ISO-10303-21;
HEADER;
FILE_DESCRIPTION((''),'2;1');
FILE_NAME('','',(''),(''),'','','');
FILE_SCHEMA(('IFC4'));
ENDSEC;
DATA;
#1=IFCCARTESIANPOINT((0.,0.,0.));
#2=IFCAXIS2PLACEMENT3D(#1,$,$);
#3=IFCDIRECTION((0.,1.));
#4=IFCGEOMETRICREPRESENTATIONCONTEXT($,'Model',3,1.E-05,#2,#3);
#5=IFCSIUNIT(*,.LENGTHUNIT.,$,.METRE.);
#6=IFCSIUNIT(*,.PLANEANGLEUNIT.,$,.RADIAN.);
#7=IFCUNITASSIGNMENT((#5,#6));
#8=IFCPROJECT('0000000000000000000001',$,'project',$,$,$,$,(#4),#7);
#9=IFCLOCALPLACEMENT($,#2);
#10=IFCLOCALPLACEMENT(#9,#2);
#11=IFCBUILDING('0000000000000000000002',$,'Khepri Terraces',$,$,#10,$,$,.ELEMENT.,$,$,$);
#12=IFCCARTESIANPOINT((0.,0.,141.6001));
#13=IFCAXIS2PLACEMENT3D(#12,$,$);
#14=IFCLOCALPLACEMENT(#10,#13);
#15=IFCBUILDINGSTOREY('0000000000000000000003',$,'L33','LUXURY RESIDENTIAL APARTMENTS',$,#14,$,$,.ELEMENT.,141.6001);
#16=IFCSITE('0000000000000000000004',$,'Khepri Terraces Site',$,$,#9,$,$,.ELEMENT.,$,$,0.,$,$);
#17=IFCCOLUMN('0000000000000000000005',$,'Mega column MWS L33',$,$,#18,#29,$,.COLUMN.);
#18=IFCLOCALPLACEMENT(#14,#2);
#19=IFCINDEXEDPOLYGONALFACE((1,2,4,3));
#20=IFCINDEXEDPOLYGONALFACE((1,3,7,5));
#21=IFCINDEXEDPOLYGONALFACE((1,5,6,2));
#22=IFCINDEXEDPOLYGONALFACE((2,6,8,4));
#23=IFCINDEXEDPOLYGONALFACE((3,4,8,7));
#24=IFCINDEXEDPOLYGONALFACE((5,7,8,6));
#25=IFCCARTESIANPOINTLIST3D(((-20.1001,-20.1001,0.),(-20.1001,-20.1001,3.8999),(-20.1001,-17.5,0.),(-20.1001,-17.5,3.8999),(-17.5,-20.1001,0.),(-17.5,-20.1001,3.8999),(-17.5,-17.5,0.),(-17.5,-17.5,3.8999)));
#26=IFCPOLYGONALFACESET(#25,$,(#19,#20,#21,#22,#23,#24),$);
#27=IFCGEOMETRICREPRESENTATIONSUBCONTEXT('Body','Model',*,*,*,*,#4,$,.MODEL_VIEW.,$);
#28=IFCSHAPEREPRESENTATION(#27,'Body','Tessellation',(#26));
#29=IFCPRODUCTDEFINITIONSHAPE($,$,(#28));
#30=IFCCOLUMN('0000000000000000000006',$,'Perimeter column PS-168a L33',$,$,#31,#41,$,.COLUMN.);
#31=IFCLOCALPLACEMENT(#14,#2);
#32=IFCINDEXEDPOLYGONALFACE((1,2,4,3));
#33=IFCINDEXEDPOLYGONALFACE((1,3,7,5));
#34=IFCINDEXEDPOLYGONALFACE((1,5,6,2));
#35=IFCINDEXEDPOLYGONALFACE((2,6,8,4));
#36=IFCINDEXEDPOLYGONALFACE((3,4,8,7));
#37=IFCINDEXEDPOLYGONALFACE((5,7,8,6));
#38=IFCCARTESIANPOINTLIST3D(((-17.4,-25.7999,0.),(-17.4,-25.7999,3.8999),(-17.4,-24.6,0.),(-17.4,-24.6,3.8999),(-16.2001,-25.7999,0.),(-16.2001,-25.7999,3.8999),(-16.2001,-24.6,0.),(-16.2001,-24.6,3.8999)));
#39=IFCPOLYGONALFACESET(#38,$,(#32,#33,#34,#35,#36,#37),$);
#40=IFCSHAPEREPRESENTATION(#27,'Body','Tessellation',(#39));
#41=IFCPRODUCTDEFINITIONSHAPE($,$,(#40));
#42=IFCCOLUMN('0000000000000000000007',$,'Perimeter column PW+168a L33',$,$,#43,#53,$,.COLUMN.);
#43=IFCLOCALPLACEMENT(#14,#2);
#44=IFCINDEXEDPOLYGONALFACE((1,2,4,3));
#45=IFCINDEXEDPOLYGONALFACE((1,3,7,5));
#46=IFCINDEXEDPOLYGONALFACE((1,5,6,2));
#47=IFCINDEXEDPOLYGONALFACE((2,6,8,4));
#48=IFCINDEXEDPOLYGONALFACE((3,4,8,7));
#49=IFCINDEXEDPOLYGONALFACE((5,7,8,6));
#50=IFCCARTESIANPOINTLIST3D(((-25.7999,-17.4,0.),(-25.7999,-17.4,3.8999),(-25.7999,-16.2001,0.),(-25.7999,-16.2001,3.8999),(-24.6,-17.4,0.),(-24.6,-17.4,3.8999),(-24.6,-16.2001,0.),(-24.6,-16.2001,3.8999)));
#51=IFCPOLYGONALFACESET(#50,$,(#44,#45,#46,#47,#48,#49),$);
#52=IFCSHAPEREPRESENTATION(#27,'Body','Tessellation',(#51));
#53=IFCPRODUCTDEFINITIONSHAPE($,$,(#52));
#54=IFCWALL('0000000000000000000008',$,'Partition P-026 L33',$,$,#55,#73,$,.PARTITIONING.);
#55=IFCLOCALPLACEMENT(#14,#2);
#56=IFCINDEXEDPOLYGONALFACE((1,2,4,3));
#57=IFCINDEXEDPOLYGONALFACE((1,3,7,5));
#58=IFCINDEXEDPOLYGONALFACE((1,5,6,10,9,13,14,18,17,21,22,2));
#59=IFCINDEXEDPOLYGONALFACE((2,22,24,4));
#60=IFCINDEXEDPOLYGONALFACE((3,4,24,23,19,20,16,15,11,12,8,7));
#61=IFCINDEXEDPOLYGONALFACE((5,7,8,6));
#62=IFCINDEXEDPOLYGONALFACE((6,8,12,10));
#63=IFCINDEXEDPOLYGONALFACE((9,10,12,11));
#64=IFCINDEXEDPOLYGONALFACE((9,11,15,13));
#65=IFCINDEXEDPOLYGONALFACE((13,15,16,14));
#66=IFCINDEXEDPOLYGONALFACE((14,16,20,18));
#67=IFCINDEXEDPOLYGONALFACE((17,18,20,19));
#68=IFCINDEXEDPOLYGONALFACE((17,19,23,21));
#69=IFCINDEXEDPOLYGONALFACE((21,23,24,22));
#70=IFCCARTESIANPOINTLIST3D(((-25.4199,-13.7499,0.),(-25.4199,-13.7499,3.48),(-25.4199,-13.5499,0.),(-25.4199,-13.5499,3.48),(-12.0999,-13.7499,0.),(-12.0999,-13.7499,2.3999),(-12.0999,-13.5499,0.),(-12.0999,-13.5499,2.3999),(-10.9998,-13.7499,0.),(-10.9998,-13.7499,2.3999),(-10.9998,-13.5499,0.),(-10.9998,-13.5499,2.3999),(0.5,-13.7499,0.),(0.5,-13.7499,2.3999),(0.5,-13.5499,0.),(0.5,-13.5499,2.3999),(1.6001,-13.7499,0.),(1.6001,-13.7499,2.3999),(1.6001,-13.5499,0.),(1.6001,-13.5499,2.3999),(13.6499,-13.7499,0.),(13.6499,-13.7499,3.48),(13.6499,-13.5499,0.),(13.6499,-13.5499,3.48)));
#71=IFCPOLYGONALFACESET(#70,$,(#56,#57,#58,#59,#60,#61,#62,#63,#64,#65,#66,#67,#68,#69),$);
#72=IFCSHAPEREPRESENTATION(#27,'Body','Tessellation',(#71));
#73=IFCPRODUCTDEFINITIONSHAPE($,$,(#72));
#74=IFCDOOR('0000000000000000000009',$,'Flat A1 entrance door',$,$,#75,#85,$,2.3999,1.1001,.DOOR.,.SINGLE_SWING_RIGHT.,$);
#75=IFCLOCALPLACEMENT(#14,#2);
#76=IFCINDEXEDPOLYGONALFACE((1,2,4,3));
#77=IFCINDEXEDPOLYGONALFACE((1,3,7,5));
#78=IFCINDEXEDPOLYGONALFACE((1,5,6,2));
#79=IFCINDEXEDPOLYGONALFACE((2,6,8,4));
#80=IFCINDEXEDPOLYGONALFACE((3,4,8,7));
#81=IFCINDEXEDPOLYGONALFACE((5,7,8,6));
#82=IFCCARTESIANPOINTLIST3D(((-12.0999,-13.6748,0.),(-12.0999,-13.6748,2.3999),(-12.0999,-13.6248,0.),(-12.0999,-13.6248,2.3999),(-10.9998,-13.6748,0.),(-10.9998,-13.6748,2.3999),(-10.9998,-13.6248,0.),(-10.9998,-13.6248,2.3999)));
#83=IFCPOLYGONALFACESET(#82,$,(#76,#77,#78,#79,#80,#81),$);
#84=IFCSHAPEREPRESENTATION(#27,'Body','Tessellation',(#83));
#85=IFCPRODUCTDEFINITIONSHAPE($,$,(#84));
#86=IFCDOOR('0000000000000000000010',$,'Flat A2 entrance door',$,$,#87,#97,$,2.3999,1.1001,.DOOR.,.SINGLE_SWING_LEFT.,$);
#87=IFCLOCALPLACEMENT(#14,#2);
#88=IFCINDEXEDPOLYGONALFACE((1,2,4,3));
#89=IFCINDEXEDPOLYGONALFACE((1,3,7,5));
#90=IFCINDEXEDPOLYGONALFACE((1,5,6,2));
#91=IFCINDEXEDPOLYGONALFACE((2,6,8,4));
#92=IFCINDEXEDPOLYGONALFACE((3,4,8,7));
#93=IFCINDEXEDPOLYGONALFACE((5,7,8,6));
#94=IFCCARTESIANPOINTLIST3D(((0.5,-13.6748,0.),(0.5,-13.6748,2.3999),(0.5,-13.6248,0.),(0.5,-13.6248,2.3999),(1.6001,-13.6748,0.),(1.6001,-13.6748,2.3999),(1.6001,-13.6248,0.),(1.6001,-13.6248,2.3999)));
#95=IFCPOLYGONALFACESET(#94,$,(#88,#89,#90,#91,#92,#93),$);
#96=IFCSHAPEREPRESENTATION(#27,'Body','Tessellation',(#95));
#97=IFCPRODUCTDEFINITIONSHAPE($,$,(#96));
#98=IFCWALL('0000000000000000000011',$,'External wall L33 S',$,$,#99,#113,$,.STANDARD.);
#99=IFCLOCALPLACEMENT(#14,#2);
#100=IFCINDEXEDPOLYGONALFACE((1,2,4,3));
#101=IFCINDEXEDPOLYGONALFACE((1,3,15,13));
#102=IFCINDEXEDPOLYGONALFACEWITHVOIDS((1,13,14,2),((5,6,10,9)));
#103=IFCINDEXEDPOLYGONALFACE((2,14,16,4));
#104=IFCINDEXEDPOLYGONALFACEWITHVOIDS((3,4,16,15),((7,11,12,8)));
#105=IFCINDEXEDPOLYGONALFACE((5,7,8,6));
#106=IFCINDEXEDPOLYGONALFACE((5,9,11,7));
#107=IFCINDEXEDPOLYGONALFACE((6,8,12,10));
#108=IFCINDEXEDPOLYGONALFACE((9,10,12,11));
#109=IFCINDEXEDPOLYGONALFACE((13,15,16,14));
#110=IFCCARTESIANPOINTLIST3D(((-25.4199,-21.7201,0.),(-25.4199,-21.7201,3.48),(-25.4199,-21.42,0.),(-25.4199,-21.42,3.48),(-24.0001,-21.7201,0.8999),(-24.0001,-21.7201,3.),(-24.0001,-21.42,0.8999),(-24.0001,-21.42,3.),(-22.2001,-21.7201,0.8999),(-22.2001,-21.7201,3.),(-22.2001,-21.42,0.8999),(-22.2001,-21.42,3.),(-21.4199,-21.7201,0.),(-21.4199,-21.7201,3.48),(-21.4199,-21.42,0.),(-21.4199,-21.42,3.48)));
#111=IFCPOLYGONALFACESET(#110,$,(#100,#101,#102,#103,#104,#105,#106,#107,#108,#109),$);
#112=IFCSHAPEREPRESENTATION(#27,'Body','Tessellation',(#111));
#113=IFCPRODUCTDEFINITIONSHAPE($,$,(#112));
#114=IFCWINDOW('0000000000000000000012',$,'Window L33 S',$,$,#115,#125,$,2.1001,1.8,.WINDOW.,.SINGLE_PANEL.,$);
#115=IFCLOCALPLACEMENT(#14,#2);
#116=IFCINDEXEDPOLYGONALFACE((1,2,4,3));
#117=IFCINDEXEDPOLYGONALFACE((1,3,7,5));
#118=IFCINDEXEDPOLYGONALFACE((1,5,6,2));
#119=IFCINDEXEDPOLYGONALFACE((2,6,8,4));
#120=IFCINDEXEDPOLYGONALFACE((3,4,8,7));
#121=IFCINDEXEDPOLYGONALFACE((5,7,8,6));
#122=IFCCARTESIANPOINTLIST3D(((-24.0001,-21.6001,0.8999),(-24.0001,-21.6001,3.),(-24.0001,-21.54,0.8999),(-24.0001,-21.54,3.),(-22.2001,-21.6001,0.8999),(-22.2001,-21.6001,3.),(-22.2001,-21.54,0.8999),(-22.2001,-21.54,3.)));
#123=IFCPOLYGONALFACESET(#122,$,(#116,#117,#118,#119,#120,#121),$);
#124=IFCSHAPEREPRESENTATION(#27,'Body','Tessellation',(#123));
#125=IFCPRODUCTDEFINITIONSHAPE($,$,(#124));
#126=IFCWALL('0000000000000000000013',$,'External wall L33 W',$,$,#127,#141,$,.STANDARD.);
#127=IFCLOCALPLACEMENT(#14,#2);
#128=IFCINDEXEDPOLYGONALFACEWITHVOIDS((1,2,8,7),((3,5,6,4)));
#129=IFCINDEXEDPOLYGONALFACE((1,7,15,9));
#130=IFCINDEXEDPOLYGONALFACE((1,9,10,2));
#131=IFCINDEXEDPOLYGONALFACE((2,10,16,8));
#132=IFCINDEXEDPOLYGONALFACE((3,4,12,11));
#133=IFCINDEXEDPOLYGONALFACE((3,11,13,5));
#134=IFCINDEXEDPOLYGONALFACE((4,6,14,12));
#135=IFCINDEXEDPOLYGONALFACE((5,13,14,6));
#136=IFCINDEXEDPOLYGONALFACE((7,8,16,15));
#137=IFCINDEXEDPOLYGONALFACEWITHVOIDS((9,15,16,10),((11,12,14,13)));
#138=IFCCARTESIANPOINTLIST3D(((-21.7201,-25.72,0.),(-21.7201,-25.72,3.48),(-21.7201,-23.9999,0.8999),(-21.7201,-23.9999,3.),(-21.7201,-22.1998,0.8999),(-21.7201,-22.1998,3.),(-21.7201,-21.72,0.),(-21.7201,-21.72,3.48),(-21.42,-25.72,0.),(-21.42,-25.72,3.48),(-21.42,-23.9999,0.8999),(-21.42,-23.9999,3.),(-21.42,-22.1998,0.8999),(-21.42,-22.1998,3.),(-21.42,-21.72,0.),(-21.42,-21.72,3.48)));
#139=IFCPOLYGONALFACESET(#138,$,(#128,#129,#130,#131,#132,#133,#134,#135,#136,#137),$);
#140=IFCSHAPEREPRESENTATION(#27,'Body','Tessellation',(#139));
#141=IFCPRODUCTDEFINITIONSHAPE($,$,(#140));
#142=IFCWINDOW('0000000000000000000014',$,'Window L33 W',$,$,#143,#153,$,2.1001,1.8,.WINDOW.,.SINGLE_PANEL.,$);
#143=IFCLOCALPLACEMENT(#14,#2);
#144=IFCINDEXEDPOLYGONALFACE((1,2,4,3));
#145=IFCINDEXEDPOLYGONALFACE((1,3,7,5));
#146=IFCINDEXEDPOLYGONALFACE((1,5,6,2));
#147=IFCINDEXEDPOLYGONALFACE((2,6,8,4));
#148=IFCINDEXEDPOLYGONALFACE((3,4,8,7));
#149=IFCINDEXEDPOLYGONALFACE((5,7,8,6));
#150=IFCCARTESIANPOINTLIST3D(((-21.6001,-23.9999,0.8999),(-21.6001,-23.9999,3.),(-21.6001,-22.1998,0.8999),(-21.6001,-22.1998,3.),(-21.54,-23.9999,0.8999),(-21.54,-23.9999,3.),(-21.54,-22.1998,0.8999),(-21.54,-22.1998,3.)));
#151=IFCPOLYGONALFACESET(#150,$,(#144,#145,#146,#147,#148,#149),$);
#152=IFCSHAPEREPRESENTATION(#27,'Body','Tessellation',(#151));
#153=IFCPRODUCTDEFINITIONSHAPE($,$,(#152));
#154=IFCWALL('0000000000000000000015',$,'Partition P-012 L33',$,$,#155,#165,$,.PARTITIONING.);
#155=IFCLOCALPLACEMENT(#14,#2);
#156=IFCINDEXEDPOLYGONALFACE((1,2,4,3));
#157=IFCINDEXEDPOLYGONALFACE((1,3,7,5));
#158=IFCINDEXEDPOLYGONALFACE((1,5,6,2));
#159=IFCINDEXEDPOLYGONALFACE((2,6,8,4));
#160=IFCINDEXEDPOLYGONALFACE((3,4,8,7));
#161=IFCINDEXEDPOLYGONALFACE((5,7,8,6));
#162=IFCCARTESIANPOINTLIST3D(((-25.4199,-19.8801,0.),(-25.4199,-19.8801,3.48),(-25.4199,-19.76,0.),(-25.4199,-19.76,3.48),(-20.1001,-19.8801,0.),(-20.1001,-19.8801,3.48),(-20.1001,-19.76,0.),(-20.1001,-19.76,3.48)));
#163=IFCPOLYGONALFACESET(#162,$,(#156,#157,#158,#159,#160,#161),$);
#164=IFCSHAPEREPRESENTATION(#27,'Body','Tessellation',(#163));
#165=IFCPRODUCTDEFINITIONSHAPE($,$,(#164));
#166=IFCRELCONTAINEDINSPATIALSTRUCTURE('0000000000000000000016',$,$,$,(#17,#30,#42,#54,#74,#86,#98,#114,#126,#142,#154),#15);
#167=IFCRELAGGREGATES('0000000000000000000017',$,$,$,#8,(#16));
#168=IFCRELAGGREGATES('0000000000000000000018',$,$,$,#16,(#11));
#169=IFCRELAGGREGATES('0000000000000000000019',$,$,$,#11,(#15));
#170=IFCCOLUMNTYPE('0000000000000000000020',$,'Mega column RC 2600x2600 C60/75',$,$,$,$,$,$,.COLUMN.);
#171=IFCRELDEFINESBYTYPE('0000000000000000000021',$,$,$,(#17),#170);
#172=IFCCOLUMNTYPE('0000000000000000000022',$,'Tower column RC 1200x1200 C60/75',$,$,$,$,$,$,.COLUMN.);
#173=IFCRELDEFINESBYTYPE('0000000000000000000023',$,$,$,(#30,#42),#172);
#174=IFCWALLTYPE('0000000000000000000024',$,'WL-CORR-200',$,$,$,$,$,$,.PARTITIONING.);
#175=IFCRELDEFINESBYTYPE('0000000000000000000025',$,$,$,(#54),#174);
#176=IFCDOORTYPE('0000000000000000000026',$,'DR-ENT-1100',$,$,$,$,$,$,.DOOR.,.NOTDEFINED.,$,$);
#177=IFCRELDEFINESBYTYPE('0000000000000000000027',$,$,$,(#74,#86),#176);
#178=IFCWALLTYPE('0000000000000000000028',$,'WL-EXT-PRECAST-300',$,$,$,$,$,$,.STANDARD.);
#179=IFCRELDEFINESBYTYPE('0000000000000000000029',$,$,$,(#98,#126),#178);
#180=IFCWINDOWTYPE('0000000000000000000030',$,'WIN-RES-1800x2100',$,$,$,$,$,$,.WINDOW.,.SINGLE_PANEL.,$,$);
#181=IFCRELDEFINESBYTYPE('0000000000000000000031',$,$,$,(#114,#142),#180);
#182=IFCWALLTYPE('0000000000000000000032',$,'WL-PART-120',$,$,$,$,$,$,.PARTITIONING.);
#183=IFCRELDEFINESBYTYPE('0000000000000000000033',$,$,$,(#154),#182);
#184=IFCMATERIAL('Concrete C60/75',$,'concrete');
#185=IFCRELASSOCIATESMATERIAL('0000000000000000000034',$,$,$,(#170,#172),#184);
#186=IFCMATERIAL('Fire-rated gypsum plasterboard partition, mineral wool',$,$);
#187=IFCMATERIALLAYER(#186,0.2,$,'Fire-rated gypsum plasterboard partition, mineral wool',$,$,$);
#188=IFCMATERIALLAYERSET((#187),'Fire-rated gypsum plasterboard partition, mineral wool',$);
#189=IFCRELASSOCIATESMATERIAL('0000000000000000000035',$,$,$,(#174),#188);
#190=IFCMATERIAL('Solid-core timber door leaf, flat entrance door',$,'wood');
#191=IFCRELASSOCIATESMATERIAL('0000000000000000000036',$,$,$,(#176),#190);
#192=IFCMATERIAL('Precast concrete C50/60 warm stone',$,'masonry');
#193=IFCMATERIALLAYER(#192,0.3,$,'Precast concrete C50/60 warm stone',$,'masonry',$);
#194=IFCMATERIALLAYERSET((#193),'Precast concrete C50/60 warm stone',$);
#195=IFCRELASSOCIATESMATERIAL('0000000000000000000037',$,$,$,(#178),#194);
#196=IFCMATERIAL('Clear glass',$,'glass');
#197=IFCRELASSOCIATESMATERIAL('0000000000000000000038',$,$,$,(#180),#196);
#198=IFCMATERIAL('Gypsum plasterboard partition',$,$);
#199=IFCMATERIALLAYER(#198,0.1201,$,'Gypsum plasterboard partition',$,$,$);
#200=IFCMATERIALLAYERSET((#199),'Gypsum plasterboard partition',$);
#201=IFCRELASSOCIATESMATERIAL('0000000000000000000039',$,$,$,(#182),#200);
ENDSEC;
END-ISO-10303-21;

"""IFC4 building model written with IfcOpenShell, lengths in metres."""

from ifc_helpers import new_model, si_unit, direction, frame, frame_2d, origin, origin_2d, place, context, subcontext, project, spatial, rectangle, extrude, material, layer, layer_set, material_profile, profile_set, type_object, element, fill, save


model = new_model("IFC4")

# Units and contexts
model_context = context("Model", 3, precision=1e-05, world=origin(), true_north=direction((0.0, 1.0)))
body_context = subcontext(model_context, "Body", "Model", "MODEL_VIEW")
ifc_project = project(units=[si_unit("LENGTHUNIT", "METRE"), si_unit("PLANEANGLEUNIT", "RADIAN")], contexts=[model_context])

# Site, building, storey
site_placement = place(None, origin())
site = spatial("IfcSite", under=ifc_project, at=site_placement, Name="Khepri Terraces Site", CompositionType="ELEMENT", RefElevation=0.0)
building_placement = place(site_placement, origin())
building = spatial("IfcBuilding", under=site, at=building_placement, Name="Khepri Terraces", CompositionType="ELEMENT")
storey_placement = place(building_placement, frame((0.0, 0.0, 141.6001)))
storey = spatial("IfcBuildingStorey", under=building, at=storey_placement, Name="L33", Description="LUXURY RESIDENTIAL APARTMENTS", CompositionType="ELEMENT", Elevation=141.6001)

# Columns
ifc_material_1 = material(Name="Concrete C60/75", Category="concrete")
ifc_material_profile_1 = material_profile(ifc_material_1, rectangle(XDim=2.6001, YDim=2.6001, at=origin_2d()), Name="Concrete C60/75", Category="concrete")
ifc_profile_set_1 = profile_set([ifc_material_profile_1], Name="Concrete C60/75")
column_type_1 = type_object("IfcColumnType", Name="Mega column RC 2600x2600 C60/75", PredefinedType="COLUMN", material=ifc_profile_set_1)
column_placement = place(storey_placement, frame((-18.8, -18.8, 0.0), z_axis=(0.0, 0.0, 1.0), x_axis=(1.0, 0.0, 0.0)))
element("IfcColumn", 1, at=column_placement, inside=storey, type_object=column_type_1, Name="Mega column MWS L33", PredefinedType="COLUMN", context=body_context, shape_type="SweptSolid", body=[
    extrude(rectangle(XDim=2.6001, YDim=2.6001, at=origin_2d()), origin(), (0.0, 0.0, 1.0), 3.8999),
])
ifc_material_profile_2 = material_profile(ifc_material_1, rectangle(XDim=1.2, YDim=1.2, at=origin_2d()), Name="Concrete C60/75", Category="concrete")
ifc_profile_set_2 = profile_set([ifc_material_profile_2], Name="Concrete C60/75")
column_type_2 = type_object("IfcColumnType", Name="Tower column RC 1200x1200 C60/75", PredefinedType="COLUMN", material=ifc_profile_set_2)
for number, where, z_axis, x_axis, name in (
    (2, (-16.8, -25.2, 0.0), (0.0, 0.0, 1.0), (1.0, 0.0, 0.0), "Perimeter column PS-168a L33"),
    (3, (-25.2, -16.8, 0.0), (0.0, 0.0, 1.0), (1.0, 0.0, 0.0), "Perimeter column PW+168a L33"),
):
    element("IfcColumn", number, at=place(storey_placement, frame(where, z_axis=z_axis, x_axis=x_axis)), inside=storey, type_object=column_type_2, Name=name, PredefinedType="COLUMN", context=body_context, shape_type="SweptSolid", body=[
        extrude(rectangle(XDim=1.2, YDim=1.2, at=origin_2d()), origin(), (0.0, 0.0, 1.0), 3.8999),
    ])

# Wall, openings, doors
ifc_material_2 = material(Name="Fire-rated gypsum plasterboard partition, mineral wool")
ifc_layer_1 = layer(ifc_material_2, 0.2, Name="Fire-rated gypsum plasterboard partition, mineral wool")
ifc_layer_set_1 = layer_set([ifc_layer_1], Name="Fire-rated gypsum plasterboard partition, mineral wool")
wall_type_1 = type_object("IfcWallType", Name="WL-CORR-200", PredefinedType="PARTITIONING", material=ifc_layer_set_1)
wall_1_placement = place(storey_placement, frame((-25.4199, -13.6499, 0.0), z_axis=(0.0, 0.0, 1.0), x_axis=(1.0, 0.0, 0.0)))
wall_1 = element("IfcWall", 4, at=wall_1_placement, inside=storey, type_object=wall_type_1, Name="Partition P-026 L33", PredefinedType="PARTITIONING", context=body_context, shape_type="SweptSolid", body=[
    extrude(rectangle(XDim=39.0698, YDim=0.2, at=frame_2d((19.5349, 0.0))), origin(), (0.0, 0.0, 1.0), 3.48),
])
opening_1_placement = place(wall_1_placement, frame((13.3201, 0.0, 0.0)))
opening_1 = element("IfcOpeningElement", 5, at=opening_1_placement, cuts=wall_1, PredefinedType="OPENING", context=body_context, shape_type="SweptSolid", body=[
    extrude(rectangle(XDim=1.1001, YDim=2.3999, at=frame_2d((0.55, 1.2))), frame((0.0, 0.1099, 0.0), z_axis=(0.0, -1.0, 0.0), x_axis=(1.0, 0.0, 0.0)), (0.0, 0.0, 1.0), 0.22),
])
opening_2_placement = place(wall_1_placement, frame((25.9199, 0.0, 0.0)))
opening_2 = element("IfcOpeningElement", 6, at=opening_2_placement, cuts=wall_1, PredefinedType="OPENING", context=body_context, shape_type="SweptSolid", body=[
    extrude(rectangle(XDim=1.1001, YDim=2.3999, at=frame_2d((0.55, 1.2))), frame((0.0, 0.1099, 0.0), z_axis=(0.0, -1.0, 0.0), x_axis=(1.0, 0.0, 0.0)), (0.0, 0.0, 1.0), 0.22),
])
ifc_material_3 = material(Name="Solid-core timber door leaf, flat entrance door", Category="wood")
door_type_1 = type_object("IfcDoorType", Name="DR-ENT-1100", OperationType="NOTDEFINED", PredefinedType="DOOR", material=ifc_material_3)
door_1_placement = place(opening_1_placement, frame((1.1001, 0.0, 0.0), z_axis=(0.0, 0.0, 1.0), x_axis=(-1.0, 0.0, 0.0)))
door_1 = element("IfcDoor", 7, at=door_1_placement, inside=storey, type_object=door_type_1, Name="Flat A1 entrance door", OperationType="SINGLE_SWING_RIGHT", OverallHeight=2.3999, OverallWidth=1.1001, PredefinedType="DOOR", context=body_context, shape_type="SweptSolid", body=[
    extrude(rectangle(XDim=1.1001, YDim=2.3999, at=frame_2d((0.55, 1.2))), frame((0.0, 0.0249, 0.0), z_axis=(0.0, -1.0, 0.0), x_axis=(1.0, 0.0, 0.0)), (0.0, 0.0, 1.0), 0.05),
])
fill(opening_1, door_1)
door_2_placement = place(opening_2_placement, frame((1.1001, 0.0, 0.0), z_axis=(0.0, 0.0, 1.0), x_axis=(-1.0, 0.0, 0.0)))
door_2 = element("IfcDoor", 8, at=door_2_placement, inside=storey, type_object=door_type_1, Name="Flat A2 entrance door", OperationType="SINGLE_SWING_LEFT", OverallHeight=2.3999, OverallWidth=1.1001, PredefinedType="DOOR", context=body_context, shape_type="SweptSolid", body=[
    extrude(rectangle(XDim=1.1001, YDim=2.3999, at=frame_2d((0.55, 1.2))), frame((0.0, 0.0249, 0.0), z_axis=(0.0, -1.0, 0.0), x_axis=(1.0, 0.0, 0.0)), (0.0, 0.0, 1.0), 0.05),
])
fill(opening_2, door_2)

# Shared definitions
ifc_material_4 = material(Name="Precast concrete C50/60 warm stone", Category="masonry")
ifc_layer_2 = layer(ifc_material_4, 0.3, Name="Precast concrete C50/60 warm stone", Category="masonry")
ifc_layer_set_2 = layer_set([ifc_layer_2], Name="Precast concrete C50/60 warm stone")
wall_type_2 = type_object("IfcWallType", Name="WL-EXT-PRECAST-300", PredefinedType="STANDARD", material=ifc_layer_set_2)
ifc_material_5 = material(Name="Clear glass", Category="glass")
window_type = type_object("IfcWindowType", Name="WIN-RES-1800x2100", PartitioningType="SINGLE_PANEL", PredefinedType="WINDOW", material=ifc_material_5)

# Walls, openings, windows
wall_2_placement = place(storey_placement, frame((-25.4199, -21.5701, 0.0), z_axis=(0.0, 0.0, 1.0), x_axis=(1.0, 0.0, 0.0)))
wall_2 = element("IfcWall", 9, at=wall_2_placement, inside=storey, type_object=wall_type_2, Name="External wall L33 S", PredefinedType="STANDARD", context=body_context, shape_type="SweptSolid", body=[
    extrude(rectangle(XDim=4.0, YDim=0.3, at=frame_2d((2.0, 0.0))), origin(), (0.0, 0.0, 1.0), 3.48),
])
opening_3_placement = place(wall_2_placement, frame((1.4199, 0.0, 0.8999)))
opening_3 = element("IfcOpeningElement", 10, at=opening_3_placement, cuts=wall_2, PredefinedType="OPENING", context=body_context, shape_type="SweptSolid", body=[
    extrude(rectangle(XDim=1.8, YDim=2.1001, at=frame_2d((0.8999, 1.05))), frame((0.0, 0.1602, 0.0), z_axis=(0.0, -1.0, 0.0), x_axis=(1.0, 0.0, 0.0)), (0.0, 0.0, 1.0), 0.3201),
])
window_1_placement = place(opening_3_placement, origin())
window_1 = element("IfcWindow", 11, at=window_1_placement, inside=storey, type_object=window_type, Name="Window L33 S", OverallHeight=2.1001, OverallWidth=1.8, PartitioningType="SINGLE_PANEL", PredefinedType="WINDOW", context=body_context, shape_type="SweptSolid", body=[
    extrude(rectangle(XDim=1.8, YDim=2.1001, at=frame_2d((0.8999, 1.05))), frame((0.0, 0.03, 0.0), z_axis=(0.0, -1.0, 0.0), x_axis=(1.0, 0.0, 0.0)), (0.0, 0.0, 1.0), 0.0601),
])
fill(opening_3, window_1)
wall_3_placement = place(storey_placement, frame((-21.5701, -21.72, 0.0), z_axis=(0.0, 0.0, 1.0), x_axis=(0.0, -1.0, 0.0)))
wall_3 = element("IfcWall", 12, at=wall_3_placement, inside=storey, type_object=wall_type_2, Name="External wall L33 W", PredefinedType="STANDARD", context=body_context, shape_type="SweptSolid", body=[
    extrude(rectangle(XDim=4.0, YDim=0.3, at=frame_2d((2.0, 0.0))), origin(), (0.0, 0.0, 1.0), 3.48),
])
opening_4_placement = place(wall_3_placement, frame((0.48, 0.0, 0.8999)))
opening_4 = element("IfcOpeningElement", 13, at=opening_4_placement, cuts=wall_3, PredefinedType="OPENING", context=body_context, shape_type="SweptSolid", body=[
    extrude(rectangle(XDim=1.8, YDim=2.1001, at=frame_2d((0.8999, 1.05))), frame((0.0, 0.1602, 0.0), z_axis=(0.0, -1.0, 0.0), x_axis=(1.0, 0.0, 0.0)), (0.0, 0.0, 1.0), 0.3201),
])
window_2_placement = place(opening_4_placement, origin())
window_2 = element("IfcWindow", 14, at=window_2_placement, inside=storey, type_object=window_type, Name="Window L33 W", OverallHeight=2.1001, OverallWidth=1.8, PartitioningType="SINGLE_PANEL", PredefinedType="WINDOW", context=body_context, shape_type="SweptSolid", body=[
    extrude(rectangle(XDim=1.8, YDim=2.1001, at=frame_2d((0.8999, 1.05))), frame((0.0, 0.03, 0.0), z_axis=(0.0, -1.0, 0.0), x_axis=(1.0, 0.0, 0.0)), (0.0, 0.0, 1.0), 0.0601),
])
fill(opening_4, window_2)

# Wall
ifc_material_6 = material(Name="Gypsum plasterboard partition")
ifc_layer_3 = layer(ifc_material_6, 0.1201, Name="Gypsum plasterboard partition")
ifc_layer_set_3 = layer_set([ifc_layer_3], Name="Gypsum plasterboard partition")
wall_type_3 = type_object("IfcWallType", Name="WL-PART-120", PredefinedType="PARTITIONING", material=ifc_layer_set_3)
wall_4_placement = place(storey_placement, frame((-25.4199, -19.8201, 0.0), z_axis=(0.0, 0.0, 1.0), x_axis=(1.0, 0.0, 0.0)))
element("IfcWall", 15, at=wall_4_placement, inside=storey, type_object=wall_type_3, Name="Partition P-012 L33", PredefinedType="PARTITIONING", context=body_context, shape_type="SweptSolid", body=[
    extrude(rectangle(XDim=5.3198, YDim=0.1201, at=frame_2d((2.6599, 0.0))), origin(), (0.0, 0.0, 1.0), 3.48),
])

save(model, "model.ifc")
